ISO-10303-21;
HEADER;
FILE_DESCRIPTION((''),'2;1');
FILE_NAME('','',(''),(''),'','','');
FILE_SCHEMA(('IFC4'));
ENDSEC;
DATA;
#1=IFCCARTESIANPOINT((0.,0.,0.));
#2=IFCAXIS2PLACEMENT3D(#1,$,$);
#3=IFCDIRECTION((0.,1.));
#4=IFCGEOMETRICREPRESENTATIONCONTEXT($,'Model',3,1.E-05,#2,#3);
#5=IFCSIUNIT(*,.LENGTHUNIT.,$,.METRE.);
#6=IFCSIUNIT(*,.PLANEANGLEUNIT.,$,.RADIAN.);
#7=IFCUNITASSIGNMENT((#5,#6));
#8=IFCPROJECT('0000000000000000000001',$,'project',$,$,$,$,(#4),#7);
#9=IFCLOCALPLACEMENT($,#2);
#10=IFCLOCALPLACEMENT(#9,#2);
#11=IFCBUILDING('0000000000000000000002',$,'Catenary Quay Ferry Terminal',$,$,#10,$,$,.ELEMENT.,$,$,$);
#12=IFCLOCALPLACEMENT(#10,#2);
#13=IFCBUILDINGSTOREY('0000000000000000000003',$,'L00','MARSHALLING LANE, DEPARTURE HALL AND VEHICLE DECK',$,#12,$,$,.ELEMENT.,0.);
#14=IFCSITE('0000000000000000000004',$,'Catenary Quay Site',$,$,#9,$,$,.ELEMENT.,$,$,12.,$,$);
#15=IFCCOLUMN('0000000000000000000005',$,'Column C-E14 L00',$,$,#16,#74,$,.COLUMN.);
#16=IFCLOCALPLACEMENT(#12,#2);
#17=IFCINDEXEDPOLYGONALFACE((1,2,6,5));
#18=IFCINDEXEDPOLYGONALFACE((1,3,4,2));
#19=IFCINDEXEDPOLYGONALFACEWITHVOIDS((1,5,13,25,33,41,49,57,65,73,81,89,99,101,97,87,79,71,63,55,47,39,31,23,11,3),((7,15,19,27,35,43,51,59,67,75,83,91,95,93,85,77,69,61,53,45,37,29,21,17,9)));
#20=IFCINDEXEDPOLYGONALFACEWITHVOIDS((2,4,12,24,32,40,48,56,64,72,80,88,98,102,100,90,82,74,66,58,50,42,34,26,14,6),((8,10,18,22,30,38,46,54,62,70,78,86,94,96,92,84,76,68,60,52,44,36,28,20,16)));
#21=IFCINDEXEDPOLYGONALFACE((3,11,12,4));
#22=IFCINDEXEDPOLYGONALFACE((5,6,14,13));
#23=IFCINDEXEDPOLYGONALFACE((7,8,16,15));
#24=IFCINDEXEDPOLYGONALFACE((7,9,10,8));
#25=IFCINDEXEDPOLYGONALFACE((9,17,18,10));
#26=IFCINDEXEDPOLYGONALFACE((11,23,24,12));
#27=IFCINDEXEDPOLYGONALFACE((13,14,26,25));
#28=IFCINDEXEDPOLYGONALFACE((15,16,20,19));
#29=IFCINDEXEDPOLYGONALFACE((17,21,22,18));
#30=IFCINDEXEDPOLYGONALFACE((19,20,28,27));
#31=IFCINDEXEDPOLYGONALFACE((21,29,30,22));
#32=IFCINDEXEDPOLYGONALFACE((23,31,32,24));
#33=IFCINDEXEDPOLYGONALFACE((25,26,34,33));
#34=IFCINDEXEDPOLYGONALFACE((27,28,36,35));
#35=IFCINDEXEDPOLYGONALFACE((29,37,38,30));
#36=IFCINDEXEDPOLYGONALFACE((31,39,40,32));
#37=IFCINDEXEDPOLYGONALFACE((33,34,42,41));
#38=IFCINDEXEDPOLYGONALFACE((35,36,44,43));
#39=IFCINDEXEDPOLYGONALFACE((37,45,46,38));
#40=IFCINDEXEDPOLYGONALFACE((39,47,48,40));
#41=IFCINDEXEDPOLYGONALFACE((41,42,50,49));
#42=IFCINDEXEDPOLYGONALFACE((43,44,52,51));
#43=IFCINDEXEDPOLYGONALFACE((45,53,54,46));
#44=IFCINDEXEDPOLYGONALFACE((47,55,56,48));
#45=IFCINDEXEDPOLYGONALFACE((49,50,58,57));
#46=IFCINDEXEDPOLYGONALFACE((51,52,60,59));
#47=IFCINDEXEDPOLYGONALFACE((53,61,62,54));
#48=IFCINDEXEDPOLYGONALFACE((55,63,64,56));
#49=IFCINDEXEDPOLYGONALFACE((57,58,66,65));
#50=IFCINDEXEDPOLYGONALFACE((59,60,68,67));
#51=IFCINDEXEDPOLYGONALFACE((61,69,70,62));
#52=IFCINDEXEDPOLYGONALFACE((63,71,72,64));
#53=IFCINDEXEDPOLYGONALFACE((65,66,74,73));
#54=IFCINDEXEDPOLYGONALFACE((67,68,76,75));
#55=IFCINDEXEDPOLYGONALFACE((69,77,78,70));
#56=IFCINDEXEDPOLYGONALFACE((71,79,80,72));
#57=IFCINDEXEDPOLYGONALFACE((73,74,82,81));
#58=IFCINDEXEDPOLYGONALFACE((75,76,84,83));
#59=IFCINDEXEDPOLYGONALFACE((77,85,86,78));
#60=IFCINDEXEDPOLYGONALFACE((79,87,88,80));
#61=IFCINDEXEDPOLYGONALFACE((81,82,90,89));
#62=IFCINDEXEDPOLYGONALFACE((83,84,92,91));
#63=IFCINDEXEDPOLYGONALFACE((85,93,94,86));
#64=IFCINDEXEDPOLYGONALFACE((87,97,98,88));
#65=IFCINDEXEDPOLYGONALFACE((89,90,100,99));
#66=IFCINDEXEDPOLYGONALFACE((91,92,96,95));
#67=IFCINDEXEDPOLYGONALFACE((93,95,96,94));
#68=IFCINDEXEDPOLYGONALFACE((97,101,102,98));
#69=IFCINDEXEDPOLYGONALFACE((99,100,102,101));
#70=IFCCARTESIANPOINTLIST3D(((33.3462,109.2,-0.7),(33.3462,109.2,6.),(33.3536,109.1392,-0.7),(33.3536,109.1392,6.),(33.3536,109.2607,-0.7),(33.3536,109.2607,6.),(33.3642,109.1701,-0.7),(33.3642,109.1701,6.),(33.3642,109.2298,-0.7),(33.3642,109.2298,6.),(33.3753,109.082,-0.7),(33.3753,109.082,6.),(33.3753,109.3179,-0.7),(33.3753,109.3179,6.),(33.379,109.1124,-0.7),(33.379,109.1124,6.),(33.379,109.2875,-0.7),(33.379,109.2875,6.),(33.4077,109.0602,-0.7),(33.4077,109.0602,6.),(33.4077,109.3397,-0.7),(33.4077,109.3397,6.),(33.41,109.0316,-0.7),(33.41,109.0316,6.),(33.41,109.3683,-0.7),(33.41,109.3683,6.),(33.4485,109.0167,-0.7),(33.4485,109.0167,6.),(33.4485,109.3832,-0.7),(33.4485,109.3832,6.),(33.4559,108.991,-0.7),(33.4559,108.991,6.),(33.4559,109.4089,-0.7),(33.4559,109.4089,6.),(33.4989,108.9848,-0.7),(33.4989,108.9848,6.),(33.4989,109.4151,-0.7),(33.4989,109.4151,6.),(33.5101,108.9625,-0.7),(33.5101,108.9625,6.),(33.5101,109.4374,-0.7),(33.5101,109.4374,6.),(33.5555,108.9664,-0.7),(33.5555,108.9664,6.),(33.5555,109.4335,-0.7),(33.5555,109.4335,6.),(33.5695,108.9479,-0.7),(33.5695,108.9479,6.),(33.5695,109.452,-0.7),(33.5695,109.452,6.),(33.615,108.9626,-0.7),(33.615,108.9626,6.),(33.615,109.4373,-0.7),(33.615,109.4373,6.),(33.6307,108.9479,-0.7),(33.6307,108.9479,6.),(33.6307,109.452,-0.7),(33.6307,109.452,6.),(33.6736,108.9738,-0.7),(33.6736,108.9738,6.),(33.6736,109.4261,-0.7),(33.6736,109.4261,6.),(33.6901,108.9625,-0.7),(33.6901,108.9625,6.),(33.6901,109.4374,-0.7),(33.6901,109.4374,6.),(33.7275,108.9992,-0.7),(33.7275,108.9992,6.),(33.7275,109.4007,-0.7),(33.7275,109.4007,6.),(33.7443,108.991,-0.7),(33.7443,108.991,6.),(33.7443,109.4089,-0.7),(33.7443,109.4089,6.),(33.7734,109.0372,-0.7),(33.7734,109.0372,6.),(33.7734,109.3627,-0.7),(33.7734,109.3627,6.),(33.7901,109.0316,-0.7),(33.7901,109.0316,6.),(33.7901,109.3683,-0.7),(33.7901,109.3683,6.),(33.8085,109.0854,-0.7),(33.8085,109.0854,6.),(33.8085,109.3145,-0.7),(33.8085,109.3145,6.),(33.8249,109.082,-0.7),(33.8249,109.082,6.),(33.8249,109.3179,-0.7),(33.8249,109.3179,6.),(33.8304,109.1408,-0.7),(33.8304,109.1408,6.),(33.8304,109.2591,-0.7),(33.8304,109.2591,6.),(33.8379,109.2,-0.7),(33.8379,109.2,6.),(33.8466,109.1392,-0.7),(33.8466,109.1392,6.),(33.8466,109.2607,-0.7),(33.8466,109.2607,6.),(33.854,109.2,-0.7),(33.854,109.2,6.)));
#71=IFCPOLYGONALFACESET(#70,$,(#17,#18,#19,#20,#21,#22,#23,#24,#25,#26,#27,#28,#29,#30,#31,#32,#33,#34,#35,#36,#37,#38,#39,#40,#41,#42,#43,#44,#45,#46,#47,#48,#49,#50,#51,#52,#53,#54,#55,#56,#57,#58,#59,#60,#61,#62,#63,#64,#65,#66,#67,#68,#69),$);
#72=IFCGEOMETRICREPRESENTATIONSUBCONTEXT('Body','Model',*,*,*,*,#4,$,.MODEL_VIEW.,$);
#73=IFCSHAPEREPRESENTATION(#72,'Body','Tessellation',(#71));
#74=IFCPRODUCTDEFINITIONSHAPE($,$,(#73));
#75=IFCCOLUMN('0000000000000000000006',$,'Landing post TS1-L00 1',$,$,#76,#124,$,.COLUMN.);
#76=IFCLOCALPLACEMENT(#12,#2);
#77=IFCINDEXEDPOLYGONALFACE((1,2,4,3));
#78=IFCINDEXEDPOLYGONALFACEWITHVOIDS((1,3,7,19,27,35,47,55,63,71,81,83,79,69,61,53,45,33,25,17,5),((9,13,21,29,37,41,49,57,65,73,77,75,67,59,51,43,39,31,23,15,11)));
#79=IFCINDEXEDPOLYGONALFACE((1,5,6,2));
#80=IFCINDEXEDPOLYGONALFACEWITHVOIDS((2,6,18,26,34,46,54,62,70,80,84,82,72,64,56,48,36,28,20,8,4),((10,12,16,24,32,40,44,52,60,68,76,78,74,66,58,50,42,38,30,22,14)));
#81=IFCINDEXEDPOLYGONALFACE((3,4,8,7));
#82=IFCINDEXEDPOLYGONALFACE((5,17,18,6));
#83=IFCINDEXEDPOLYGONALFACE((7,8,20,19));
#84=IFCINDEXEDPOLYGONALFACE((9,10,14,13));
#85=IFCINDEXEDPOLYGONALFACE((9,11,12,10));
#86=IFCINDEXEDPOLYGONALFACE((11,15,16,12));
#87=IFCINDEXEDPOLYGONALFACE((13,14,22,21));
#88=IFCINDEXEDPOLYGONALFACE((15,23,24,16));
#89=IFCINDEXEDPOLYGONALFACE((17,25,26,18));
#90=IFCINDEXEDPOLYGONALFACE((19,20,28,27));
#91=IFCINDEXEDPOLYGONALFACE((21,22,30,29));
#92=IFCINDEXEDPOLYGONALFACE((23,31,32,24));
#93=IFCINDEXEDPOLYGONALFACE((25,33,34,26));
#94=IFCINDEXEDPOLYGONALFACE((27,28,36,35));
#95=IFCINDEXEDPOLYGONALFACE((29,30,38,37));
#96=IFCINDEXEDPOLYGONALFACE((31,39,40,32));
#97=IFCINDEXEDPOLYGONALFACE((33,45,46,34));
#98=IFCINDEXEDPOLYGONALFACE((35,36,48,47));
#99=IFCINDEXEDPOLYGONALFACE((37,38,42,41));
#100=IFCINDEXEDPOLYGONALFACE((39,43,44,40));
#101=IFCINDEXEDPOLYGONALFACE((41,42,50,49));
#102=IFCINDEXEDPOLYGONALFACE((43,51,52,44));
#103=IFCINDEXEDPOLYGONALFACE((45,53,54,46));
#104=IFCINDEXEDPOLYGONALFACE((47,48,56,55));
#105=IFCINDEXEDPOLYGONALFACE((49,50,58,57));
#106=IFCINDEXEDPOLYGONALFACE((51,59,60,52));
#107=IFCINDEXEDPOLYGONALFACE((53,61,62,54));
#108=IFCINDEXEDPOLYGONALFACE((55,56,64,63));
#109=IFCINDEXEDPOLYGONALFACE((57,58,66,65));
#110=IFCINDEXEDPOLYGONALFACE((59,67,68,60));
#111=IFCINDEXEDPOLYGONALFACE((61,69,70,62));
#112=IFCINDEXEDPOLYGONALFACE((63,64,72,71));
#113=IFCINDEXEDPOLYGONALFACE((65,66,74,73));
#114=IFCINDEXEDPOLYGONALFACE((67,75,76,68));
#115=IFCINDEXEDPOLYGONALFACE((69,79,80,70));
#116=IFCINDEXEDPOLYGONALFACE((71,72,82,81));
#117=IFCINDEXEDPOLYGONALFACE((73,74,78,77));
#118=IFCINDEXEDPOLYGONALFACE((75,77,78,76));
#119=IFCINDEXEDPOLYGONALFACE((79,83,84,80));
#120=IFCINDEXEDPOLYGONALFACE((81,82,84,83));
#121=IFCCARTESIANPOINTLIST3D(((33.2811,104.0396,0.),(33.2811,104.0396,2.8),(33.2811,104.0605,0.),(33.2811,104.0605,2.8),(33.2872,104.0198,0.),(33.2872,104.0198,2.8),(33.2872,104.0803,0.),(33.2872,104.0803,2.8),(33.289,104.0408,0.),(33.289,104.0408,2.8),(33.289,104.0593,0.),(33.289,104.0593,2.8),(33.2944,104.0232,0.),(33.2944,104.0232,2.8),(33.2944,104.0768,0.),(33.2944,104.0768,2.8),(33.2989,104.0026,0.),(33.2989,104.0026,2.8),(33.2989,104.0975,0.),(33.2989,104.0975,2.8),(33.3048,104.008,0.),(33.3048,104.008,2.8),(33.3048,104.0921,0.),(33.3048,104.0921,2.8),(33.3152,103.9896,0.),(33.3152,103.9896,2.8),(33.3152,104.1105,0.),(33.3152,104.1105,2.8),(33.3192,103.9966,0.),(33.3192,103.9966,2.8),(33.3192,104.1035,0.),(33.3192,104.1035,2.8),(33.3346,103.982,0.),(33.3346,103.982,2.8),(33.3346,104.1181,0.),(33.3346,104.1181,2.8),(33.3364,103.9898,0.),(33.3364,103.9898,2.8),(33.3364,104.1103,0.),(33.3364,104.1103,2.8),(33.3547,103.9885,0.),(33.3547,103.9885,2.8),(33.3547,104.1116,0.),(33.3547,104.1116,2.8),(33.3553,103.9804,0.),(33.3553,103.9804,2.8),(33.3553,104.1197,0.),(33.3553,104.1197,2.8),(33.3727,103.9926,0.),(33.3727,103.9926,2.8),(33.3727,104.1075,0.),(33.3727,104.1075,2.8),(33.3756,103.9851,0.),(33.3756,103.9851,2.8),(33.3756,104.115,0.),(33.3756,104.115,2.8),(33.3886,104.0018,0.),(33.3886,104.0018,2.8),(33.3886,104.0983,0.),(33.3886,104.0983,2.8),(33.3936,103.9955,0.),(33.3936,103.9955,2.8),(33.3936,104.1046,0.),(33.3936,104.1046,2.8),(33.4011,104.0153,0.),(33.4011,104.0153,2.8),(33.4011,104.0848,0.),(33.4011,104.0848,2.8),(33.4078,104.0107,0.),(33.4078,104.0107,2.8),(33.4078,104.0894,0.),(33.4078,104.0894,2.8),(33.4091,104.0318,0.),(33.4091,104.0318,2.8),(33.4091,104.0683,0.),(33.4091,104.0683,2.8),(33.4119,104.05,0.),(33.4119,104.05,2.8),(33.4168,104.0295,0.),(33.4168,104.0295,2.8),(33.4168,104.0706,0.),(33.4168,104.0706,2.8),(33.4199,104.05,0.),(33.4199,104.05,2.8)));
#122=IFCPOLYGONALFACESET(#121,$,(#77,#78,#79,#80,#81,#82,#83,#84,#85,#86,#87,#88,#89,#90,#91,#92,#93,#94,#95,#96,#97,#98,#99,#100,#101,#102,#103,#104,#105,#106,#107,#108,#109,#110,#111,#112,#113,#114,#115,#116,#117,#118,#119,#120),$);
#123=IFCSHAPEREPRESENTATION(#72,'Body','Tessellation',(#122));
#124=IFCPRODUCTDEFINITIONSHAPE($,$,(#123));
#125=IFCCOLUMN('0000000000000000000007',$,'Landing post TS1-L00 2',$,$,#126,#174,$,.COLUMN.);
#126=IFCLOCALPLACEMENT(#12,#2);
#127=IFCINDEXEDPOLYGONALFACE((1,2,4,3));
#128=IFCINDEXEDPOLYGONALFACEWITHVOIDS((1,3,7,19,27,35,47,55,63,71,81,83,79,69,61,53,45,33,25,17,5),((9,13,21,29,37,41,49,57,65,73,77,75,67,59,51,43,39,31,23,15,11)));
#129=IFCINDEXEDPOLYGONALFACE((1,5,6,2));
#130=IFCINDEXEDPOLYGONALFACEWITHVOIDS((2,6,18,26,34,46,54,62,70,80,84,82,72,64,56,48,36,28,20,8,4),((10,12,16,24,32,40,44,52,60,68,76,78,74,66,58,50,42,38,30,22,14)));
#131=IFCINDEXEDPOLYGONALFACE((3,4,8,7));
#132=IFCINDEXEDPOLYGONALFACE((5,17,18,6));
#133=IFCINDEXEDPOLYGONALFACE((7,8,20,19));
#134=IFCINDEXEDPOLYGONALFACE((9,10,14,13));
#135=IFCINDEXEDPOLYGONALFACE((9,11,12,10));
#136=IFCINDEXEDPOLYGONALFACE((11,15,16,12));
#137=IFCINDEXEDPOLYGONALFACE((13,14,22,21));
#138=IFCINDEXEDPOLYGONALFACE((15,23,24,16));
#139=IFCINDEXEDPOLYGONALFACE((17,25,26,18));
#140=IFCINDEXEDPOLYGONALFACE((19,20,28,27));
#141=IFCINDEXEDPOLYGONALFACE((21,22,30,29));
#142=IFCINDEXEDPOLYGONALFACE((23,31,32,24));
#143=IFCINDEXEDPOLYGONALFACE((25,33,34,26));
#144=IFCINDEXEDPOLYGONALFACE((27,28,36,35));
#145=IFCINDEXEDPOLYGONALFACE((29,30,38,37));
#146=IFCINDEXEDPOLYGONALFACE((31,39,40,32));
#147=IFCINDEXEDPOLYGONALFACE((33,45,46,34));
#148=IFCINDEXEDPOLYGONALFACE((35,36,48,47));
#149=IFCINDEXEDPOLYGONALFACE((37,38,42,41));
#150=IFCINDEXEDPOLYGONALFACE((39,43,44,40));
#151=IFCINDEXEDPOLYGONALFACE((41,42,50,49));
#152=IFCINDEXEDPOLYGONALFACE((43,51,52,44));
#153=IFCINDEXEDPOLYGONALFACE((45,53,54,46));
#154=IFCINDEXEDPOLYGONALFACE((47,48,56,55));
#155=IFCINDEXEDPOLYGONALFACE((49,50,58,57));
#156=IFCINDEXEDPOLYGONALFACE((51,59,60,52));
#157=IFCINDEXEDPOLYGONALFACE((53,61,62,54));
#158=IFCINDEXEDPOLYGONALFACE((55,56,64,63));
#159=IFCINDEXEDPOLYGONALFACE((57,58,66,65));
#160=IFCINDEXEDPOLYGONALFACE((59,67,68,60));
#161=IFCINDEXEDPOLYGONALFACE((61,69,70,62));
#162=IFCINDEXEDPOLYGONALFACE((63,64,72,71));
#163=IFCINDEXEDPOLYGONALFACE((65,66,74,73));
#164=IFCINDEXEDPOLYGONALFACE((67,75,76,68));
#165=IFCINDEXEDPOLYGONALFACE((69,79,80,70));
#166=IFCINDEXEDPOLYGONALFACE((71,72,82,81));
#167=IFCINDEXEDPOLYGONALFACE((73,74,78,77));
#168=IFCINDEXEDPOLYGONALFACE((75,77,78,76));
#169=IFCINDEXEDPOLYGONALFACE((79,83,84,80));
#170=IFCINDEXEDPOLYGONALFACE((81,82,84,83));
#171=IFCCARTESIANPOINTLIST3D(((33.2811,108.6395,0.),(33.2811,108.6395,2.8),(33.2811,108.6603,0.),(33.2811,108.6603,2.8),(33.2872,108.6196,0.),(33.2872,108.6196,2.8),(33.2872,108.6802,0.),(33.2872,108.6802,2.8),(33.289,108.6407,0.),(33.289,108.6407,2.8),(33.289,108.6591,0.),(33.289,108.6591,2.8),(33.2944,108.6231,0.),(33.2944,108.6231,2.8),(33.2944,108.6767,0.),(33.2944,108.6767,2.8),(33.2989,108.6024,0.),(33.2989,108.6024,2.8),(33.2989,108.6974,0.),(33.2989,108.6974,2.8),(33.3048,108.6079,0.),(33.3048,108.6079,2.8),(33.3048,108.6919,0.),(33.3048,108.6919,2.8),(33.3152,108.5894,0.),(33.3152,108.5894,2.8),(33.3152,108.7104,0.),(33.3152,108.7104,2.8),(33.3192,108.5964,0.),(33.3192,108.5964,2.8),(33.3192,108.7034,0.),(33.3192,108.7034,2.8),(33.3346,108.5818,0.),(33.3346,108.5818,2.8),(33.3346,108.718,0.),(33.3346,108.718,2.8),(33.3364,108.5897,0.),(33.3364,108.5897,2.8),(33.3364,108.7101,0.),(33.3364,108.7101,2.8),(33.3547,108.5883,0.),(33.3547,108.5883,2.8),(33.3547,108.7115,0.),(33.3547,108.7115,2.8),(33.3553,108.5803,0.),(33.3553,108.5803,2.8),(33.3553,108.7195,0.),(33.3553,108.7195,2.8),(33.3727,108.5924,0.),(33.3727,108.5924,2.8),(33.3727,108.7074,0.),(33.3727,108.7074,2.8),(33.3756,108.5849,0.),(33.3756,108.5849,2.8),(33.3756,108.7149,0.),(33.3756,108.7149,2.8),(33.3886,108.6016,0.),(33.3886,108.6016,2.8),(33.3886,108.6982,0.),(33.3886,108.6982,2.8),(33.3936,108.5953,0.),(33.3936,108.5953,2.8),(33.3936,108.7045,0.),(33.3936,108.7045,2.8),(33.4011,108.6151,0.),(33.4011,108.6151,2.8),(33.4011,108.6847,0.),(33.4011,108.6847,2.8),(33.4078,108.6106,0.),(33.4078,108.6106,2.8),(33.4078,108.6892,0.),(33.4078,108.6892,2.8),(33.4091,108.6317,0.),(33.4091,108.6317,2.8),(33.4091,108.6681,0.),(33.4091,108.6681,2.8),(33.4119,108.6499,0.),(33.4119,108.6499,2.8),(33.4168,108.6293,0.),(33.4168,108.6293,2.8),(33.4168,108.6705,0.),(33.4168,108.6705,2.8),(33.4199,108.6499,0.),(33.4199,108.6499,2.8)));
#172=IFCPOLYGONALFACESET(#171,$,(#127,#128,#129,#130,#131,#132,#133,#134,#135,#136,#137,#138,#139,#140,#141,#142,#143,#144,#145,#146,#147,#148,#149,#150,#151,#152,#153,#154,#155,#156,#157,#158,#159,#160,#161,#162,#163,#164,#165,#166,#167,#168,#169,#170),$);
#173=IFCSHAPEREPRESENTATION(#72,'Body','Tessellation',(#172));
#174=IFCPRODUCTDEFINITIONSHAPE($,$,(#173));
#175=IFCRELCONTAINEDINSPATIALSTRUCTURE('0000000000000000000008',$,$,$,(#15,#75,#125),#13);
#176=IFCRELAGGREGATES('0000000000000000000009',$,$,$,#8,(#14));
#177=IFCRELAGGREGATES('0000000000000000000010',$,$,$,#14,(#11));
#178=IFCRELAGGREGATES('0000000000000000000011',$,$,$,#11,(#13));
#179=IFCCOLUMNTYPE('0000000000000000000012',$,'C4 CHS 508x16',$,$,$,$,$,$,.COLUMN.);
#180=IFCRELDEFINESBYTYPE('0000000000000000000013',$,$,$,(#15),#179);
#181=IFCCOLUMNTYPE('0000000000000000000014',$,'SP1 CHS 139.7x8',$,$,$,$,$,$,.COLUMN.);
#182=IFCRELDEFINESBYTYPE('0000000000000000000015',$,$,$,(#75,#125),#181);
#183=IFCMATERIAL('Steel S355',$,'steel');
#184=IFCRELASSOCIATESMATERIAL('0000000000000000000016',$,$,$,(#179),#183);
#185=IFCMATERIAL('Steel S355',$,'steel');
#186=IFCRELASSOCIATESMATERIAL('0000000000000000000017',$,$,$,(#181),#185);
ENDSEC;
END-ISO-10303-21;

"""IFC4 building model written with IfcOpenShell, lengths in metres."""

from ifc_helpers import new_model, si_unit, direction, frame, origin, origin_2d, place, context, subcontext, project, spatial, hollow_circle, extrude, material, material_profile, profile_set, type_object, element, save


model = new_model("IFC4")

# Units and contexts
model_context = context("Model", 3, precision=1e-05, world=origin(), true_north=direction((0.0, 1.0)))
body_context = subcontext(model_context, "Body", "Model", "MODEL_VIEW")
ifc_project = project(units=[si_unit("LENGTHUNIT", "METRE"), si_unit("PLANEANGLEUNIT", "RADIAN")], contexts=[model_context])

# Site, building, storey
site_placement = place(None, origin())
site = spatial("IfcSite", under=ifc_project, at=site_placement, Name="Catenary Quay Site", CompositionType="ELEMENT", RefElevation=12.0)
building_placement = place(site_placement, origin())
building = spatial("IfcBuilding", under=site, at=building_placement, Name="Catenary Quay Ferry Terminal", CompositionType="ELEMENT")
storey_placement = place(building_placement, origin())
storey = spatial("IfcBuildingStorey", under=building, at=storey_placement, Name="L00", Description="MARSHALLING LANE, DEPARTURE HALL AND VEHICLE DECK", CompositionType="ELEMENT", Elevation=0.0)

# Columns
ifc_material_1 = material(Name="Steel S355", Category="steel")
ifc_material_profile_1 = material_profile(ifc_material_1, hollow_circle(Radius=0.2539, WallThickness=0.0161, at=origin_2d()), Name="CHS 508x16")
ifc_profile_set_1 = profile_set([ifc_material_profile_1], Name="Steel S355")
column_type_1 = type_object("IfcColumnType", Name="C4 CHS 508x16", PredefinedType="COLUMN", material=ifc_profile_set_1)
for number, where, z_axis, x_axis, name in (
    (1, (33.6001, 109.2, -0.7), (0.0, 0.0, 1.0), (1.0, 0.0, 0.0), "Column C-E14 L00"),
):
    element("IfcColumn", number, at=place(storey_placement, frame(where, z_axis=z_axis, x_axis=x_axis)), inside=storey, type_object=column_type_1, Name=name, PredefinedType="COLUMN", context=body_context, shape_type="SweptSolid", body=[
        extrude(hollow_circle(Radius=0.2539, WallThickness=0.0161, at=origin_2d()), origin(), (0.0, 0.0, 1.0), 6.7),
    ])
ifc_material_2 = material(Name="Steel S355", Category="steel")
ifc_material_profile_2 = material_profile(ifc_material_2, hollow_circle(Radius=0.0698, WallThickness=0.0081, at=origin_2d()), Name="CHS 139.7x8")
ifc_profile_set_2 = profile_set([ifc_material_profile_2], Name="Steel S355")
column_type_2 = type_object("IfcColumnType", Name="SP1 CHS 139.7x8", PredefinedType="COLUMN", material=ifc_profile_set_2)
for number, where, z_axis, x_axis, name in (
    (2, (33.3501, 104.05, 0.0), (0.0, 0.0, 1.0), (1.0, 0.0, 0.0), "Landing post TS1-L00 1"),
    (3, (33.3501, 108.6499, 0.0), (0.0, 0.0, 1.0), (1.0, 0.0, 0.0), "Landing post TS1-L00 2"),
):
    element("IfcColumn", number, at=place(storey_placement, frame(where, z_axis=z_axis, x_axis=x_axis)), inside=storey, type_object=column_type_2, Name=name, PredefinedType="COLUMN", context=body_context, shape_type="SweptSolid", body=[
        extrude(hollow_circle(Radius=0.0698, WallThickness=0.0081, at=origin_2d()), origin(), (0.0, 0.0, 1.0), 2.8),
    ])

save(model, "model.ifc")
